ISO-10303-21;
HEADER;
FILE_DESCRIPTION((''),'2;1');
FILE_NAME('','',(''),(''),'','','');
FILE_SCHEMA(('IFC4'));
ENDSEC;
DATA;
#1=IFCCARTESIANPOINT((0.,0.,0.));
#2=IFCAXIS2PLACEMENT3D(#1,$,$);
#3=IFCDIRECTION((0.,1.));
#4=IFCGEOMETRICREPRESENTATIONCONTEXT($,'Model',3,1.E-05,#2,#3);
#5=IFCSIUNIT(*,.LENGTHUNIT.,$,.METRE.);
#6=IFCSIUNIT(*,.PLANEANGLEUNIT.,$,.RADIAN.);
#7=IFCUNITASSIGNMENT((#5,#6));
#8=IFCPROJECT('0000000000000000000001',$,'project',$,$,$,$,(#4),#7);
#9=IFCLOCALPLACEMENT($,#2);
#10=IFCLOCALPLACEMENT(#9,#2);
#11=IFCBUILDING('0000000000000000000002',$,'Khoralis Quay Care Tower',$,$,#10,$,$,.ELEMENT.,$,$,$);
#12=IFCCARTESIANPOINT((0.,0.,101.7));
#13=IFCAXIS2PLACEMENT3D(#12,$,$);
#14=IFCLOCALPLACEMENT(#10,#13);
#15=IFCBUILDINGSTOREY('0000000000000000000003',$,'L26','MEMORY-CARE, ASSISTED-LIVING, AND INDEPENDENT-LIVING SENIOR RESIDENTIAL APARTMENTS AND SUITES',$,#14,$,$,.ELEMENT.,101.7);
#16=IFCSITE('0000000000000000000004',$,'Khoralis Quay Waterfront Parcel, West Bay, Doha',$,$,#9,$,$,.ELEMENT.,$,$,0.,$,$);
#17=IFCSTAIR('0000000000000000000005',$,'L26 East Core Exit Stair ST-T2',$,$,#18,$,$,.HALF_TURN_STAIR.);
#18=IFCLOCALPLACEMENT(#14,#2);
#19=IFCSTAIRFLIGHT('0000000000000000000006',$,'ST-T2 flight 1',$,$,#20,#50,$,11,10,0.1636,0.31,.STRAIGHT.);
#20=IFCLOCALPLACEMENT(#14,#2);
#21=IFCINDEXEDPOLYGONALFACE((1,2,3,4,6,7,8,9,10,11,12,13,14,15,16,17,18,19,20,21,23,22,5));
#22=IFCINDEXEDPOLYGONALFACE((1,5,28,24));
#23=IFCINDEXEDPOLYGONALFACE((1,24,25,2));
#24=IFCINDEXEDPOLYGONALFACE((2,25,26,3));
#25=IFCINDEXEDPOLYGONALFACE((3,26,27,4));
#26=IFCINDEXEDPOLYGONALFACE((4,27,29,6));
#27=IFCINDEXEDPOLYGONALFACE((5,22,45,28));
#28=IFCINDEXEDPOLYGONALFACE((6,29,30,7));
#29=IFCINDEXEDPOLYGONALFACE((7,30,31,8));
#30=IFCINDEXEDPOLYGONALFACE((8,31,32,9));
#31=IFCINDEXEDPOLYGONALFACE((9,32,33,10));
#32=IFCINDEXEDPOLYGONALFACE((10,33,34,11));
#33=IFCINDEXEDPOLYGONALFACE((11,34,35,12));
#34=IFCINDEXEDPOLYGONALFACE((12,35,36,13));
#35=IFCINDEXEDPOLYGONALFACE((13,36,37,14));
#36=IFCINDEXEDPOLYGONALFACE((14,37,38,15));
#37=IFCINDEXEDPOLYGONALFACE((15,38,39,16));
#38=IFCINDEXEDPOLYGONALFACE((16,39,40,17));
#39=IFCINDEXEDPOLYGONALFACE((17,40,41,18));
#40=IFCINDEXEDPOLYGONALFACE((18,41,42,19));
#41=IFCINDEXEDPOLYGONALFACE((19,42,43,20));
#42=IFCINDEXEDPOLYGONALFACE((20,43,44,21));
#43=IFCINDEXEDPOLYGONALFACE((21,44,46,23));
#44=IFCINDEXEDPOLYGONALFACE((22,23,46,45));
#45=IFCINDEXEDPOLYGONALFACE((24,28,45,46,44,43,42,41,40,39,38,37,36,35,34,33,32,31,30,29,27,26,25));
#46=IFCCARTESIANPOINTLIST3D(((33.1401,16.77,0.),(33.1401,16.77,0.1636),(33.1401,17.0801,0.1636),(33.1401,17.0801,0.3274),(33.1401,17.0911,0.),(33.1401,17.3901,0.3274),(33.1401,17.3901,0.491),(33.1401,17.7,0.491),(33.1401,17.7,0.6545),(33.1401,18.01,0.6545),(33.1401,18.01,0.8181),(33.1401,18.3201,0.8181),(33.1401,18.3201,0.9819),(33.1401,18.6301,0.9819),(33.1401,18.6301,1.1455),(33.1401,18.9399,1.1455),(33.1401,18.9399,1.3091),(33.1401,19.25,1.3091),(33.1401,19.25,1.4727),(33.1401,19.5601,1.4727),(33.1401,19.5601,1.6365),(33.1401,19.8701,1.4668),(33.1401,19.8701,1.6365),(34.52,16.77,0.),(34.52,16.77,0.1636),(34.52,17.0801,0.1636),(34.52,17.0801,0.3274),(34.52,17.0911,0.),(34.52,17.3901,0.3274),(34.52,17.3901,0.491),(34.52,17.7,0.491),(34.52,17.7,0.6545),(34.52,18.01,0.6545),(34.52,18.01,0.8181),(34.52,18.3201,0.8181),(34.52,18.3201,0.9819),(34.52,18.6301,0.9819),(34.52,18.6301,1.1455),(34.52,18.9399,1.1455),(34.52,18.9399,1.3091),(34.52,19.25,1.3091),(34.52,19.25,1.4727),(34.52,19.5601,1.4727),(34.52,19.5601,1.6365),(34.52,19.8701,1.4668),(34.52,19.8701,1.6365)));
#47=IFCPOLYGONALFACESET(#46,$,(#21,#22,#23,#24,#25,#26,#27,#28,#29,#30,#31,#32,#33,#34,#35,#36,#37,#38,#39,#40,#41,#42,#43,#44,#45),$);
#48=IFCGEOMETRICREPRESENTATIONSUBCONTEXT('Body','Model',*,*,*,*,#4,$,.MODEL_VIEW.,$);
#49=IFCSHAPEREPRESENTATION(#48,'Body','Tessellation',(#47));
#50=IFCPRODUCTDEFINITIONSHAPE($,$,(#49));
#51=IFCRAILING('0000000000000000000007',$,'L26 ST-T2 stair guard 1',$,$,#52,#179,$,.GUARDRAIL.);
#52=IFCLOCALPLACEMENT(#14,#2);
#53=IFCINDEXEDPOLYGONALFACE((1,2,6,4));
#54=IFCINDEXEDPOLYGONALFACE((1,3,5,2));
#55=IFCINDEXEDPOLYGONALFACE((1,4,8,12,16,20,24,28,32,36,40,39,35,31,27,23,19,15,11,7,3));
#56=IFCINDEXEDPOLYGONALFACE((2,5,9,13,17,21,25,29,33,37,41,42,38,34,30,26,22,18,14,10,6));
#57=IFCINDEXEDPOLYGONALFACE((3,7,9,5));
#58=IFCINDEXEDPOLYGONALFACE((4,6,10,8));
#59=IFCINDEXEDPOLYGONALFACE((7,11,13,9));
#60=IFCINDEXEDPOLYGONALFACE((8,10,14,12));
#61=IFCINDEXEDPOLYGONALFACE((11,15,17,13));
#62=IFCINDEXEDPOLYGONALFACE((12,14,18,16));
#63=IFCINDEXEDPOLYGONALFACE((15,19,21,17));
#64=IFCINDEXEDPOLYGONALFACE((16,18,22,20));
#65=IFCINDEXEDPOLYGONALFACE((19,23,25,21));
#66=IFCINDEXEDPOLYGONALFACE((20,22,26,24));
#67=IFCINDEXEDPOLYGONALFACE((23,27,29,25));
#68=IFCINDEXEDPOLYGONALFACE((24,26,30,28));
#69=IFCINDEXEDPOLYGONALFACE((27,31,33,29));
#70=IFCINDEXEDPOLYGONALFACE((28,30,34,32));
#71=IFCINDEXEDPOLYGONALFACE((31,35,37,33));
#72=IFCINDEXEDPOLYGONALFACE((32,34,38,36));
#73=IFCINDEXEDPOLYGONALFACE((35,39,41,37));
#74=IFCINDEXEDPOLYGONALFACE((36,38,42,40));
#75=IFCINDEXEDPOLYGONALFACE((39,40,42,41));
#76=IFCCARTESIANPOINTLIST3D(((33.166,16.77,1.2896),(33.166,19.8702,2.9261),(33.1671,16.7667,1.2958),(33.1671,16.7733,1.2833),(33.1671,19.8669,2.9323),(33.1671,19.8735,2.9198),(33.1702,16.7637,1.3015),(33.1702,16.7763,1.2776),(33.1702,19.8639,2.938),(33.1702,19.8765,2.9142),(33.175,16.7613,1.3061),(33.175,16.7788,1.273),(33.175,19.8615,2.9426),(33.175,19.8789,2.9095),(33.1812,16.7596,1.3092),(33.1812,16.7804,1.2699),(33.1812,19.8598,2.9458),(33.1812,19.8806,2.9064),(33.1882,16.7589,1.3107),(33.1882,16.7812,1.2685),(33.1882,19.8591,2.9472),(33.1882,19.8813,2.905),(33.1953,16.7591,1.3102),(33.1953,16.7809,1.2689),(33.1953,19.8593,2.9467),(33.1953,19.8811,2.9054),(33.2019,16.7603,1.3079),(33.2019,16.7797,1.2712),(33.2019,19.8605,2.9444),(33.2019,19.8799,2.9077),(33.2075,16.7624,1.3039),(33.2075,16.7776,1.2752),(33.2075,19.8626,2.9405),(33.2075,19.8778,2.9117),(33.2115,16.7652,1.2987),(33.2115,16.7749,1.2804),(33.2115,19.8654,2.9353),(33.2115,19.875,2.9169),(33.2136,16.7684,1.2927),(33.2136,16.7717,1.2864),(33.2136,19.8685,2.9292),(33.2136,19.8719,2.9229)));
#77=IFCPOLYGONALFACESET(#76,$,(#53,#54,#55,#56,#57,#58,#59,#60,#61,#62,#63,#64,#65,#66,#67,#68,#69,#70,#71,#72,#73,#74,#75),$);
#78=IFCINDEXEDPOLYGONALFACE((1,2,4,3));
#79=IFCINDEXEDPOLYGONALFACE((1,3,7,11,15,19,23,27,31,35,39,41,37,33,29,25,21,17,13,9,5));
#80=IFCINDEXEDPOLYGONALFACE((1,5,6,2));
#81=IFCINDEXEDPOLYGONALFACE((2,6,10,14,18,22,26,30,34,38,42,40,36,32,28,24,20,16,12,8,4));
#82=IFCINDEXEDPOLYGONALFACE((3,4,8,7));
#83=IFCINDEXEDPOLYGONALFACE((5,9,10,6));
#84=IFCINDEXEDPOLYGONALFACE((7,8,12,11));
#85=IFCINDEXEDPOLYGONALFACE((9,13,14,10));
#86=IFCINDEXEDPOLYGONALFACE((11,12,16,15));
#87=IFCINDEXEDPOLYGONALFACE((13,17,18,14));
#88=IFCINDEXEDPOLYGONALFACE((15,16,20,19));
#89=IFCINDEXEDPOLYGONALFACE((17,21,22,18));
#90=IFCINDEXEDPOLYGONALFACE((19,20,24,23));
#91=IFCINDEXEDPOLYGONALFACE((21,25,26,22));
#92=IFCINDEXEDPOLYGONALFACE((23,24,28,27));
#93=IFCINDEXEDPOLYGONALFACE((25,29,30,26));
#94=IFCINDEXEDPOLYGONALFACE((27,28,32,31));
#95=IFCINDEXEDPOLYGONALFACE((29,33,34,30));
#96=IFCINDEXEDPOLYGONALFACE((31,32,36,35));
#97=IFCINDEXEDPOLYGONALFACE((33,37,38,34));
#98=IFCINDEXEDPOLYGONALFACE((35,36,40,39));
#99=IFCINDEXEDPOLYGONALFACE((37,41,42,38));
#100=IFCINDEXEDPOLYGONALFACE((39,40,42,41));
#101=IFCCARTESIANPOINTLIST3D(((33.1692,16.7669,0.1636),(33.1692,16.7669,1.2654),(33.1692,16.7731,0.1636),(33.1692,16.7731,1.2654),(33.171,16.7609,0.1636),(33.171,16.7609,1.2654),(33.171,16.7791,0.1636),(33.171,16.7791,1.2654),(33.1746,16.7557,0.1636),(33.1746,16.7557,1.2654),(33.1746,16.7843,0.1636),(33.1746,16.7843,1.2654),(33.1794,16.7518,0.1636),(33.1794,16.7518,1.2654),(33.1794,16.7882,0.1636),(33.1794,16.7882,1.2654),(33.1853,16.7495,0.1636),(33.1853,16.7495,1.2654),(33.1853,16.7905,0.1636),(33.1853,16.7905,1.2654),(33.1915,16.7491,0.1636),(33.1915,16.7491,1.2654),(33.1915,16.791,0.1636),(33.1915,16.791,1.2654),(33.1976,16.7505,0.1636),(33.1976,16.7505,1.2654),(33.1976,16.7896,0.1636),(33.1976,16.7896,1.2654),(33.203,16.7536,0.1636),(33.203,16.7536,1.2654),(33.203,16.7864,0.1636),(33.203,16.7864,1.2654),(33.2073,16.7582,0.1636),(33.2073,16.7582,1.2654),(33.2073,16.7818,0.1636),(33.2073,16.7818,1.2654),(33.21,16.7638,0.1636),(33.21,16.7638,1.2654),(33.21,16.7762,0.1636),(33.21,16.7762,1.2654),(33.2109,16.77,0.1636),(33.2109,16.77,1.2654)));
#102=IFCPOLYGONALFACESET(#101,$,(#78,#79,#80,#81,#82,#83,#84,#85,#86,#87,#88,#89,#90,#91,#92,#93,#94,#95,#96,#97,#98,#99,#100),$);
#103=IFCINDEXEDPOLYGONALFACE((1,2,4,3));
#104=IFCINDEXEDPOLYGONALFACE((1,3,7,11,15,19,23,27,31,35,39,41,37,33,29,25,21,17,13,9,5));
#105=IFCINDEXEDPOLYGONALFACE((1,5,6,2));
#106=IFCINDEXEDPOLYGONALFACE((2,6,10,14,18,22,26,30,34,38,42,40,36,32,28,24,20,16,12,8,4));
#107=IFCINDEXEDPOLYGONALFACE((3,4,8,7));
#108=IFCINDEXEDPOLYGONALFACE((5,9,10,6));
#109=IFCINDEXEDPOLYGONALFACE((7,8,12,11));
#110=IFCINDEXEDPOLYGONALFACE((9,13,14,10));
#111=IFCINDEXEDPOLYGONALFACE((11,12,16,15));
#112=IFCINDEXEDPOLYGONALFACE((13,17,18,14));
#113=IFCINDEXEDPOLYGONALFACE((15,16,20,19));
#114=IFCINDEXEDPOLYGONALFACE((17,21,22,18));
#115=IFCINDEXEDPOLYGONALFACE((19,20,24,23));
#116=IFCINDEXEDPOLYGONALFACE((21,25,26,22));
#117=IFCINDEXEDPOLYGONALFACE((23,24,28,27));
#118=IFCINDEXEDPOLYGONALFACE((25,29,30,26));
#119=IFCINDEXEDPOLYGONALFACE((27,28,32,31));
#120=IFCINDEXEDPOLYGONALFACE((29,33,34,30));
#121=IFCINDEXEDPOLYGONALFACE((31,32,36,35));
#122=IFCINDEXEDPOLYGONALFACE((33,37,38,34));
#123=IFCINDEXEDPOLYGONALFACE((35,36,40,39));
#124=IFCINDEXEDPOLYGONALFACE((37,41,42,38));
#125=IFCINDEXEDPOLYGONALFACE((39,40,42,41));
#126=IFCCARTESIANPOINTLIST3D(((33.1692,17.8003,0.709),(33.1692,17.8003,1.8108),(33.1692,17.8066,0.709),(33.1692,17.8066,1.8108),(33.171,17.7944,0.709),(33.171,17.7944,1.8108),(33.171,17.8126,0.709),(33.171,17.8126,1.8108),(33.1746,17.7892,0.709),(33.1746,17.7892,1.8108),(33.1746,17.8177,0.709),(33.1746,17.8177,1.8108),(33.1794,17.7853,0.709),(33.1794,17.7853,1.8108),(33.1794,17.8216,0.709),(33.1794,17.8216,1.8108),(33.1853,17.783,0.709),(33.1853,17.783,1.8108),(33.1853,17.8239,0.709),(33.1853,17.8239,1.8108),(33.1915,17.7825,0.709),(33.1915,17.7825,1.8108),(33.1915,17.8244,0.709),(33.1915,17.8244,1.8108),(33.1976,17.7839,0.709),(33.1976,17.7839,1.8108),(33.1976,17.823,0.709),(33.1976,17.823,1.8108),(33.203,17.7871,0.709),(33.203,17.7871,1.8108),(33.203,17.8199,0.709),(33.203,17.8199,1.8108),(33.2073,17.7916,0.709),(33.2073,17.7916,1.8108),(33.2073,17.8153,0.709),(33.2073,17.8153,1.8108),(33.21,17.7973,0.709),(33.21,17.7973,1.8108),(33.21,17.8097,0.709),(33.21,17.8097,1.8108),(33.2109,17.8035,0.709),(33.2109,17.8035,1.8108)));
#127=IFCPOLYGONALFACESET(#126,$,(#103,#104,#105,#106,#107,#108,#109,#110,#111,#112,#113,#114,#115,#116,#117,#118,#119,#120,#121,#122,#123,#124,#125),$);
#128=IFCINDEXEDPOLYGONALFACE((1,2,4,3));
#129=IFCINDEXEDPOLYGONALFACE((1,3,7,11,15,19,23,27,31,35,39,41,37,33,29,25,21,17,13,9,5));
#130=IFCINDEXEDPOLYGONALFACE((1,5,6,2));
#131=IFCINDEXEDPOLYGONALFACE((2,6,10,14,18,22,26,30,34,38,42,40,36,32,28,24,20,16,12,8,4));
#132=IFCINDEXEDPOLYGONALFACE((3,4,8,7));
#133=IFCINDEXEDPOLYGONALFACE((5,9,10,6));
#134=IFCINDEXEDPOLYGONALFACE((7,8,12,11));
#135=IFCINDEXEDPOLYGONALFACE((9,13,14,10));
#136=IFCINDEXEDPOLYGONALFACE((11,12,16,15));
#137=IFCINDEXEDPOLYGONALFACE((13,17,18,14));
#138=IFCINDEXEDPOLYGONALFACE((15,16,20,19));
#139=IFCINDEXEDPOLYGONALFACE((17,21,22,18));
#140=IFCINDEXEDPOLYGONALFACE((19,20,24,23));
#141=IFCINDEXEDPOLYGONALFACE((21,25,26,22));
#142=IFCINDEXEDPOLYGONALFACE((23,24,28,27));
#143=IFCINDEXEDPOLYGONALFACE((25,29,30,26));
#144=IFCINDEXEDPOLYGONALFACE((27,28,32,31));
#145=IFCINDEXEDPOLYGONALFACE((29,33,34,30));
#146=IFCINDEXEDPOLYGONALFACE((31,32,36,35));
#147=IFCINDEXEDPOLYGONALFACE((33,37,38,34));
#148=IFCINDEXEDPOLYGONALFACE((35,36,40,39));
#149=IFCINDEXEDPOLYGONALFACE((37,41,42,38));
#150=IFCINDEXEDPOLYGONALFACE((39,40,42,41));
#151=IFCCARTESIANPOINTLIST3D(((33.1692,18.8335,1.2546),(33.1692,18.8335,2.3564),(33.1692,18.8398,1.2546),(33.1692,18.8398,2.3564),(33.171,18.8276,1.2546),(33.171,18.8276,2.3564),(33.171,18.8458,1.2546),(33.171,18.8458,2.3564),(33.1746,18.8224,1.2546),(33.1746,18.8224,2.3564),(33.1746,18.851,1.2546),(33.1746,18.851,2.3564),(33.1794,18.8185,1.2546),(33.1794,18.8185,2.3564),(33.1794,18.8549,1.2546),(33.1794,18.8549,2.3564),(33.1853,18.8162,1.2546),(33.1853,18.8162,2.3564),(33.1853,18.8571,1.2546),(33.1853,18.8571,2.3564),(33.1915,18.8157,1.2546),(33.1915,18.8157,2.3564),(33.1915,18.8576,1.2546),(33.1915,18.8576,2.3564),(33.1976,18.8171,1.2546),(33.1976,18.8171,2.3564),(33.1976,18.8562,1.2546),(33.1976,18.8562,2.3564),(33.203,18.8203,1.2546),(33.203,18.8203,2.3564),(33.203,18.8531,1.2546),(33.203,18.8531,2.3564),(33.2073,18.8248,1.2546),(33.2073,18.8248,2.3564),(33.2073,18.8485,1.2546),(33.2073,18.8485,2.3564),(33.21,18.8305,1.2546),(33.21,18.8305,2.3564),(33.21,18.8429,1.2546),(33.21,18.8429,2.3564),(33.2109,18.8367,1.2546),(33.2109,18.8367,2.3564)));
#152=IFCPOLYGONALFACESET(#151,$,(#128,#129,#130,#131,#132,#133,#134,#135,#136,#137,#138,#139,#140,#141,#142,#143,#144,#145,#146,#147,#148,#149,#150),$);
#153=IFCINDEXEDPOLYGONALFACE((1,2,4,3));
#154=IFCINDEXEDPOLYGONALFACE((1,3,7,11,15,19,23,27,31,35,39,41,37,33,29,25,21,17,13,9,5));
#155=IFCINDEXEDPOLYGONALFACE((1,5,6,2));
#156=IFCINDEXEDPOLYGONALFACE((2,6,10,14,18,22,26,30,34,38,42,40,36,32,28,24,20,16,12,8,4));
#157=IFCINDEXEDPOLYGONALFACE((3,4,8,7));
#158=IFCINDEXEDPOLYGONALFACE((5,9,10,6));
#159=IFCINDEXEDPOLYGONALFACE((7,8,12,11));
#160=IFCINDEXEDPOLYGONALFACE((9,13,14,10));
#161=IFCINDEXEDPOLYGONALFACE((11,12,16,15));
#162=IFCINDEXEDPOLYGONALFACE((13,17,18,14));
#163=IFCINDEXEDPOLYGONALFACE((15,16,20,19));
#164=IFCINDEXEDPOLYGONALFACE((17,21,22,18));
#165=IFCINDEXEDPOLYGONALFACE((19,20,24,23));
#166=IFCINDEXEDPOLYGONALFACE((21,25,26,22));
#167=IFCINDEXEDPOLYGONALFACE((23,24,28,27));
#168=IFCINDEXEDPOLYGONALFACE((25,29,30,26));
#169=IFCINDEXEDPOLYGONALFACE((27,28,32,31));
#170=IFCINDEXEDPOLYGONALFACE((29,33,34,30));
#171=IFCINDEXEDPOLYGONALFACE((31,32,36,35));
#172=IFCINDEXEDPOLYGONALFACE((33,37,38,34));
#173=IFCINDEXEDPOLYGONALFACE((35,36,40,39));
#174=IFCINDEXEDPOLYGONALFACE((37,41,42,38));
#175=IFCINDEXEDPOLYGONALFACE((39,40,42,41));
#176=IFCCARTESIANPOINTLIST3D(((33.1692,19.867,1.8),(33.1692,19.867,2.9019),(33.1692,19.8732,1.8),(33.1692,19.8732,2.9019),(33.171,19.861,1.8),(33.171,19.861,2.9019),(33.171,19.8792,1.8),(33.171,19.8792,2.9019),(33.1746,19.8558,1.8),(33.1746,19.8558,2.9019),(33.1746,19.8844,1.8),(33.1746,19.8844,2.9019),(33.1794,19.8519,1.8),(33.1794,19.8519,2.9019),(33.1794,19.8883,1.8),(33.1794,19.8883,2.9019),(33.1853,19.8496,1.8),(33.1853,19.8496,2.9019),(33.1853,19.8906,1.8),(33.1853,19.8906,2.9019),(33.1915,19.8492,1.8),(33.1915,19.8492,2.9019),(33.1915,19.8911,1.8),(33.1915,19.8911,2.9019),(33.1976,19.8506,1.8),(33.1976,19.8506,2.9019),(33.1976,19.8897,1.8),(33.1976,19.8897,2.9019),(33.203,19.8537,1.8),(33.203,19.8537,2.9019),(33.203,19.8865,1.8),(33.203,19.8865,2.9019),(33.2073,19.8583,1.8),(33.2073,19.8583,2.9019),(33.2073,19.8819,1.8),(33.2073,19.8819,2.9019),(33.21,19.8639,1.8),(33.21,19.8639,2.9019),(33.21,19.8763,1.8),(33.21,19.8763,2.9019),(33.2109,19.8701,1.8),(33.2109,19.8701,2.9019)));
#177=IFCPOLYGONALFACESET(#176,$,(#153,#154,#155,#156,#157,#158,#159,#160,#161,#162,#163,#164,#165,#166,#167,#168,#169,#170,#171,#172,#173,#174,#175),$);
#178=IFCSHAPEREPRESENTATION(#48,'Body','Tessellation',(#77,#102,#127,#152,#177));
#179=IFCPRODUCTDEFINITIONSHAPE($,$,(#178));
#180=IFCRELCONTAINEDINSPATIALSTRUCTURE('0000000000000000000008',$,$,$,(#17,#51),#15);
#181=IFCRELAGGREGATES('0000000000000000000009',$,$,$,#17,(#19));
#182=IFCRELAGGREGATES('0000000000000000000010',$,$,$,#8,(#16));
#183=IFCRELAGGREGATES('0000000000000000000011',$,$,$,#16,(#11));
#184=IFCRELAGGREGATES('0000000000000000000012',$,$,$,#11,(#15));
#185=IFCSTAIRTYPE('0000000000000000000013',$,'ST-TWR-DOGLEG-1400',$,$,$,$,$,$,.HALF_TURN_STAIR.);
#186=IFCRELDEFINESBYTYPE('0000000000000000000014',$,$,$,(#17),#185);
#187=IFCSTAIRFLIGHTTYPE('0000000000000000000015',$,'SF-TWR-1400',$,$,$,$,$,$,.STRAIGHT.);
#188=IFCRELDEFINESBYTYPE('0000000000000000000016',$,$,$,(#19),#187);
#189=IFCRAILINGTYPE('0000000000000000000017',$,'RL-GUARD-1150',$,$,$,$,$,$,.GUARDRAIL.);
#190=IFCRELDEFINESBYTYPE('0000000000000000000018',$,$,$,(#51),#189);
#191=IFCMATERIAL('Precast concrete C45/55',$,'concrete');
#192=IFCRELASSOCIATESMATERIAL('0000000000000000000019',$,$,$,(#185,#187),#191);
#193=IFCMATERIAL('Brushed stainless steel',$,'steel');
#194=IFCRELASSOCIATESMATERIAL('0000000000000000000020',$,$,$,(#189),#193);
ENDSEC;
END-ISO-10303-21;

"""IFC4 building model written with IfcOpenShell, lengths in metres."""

from ifc_helpers import new_model, si_unit, direction, frame, origin, origin_2d, place, context, subcontext, project, spatial, polyline, circle, outline, extrude, source, transform, mapped, material, type_object, element, aggregate, save


model = new_model("IFC4")

# Units and contexts
model_context = context("Model", 3, precision=1e-05, world=origin(), true_north=direction((0.0, 1.0)))
body_context = subcontext(model_context, "Body", "Model", "MODEL_VIEW")
ifc_project = project(units=[si_unit("LENGTHUNIT", "METRE"), si_unit("PLANEANGLEUNIT", "RADIAN")], contexts=[model_context])

# Site, building, storey
site_placement = place(None, origin())
site = spatial("IfcSite", under=ifc_project, at=site_placement, Name="Khoralis Quay Waterfront Parcel, West Bay, Doha", CompositionType="ELEMENT", RefElevation=0.0)
building_placement = place(site_placement, origin())
building = spatial("IfcBuilding", under=site, at=building_placement, Name="Khoralis Quay Care Tower", CompositionType="ELEMENT")
storey_placement = place(building_placement, frame((0.0, 0.0, 101.7)))
storey = spatial("IfcBuildingStorey", under=building, at=storey_placement, Name="L26", Description="MEMORY-CARE, ASSISTED-LIVING, AND INDEPENDENT-LIVING SENIOR RESIDENTIAL APARTMENTS AND SUITES", CompositionType="ELEMENT", Elevation=101.7)

# Stair, stair flight
ifc_material_1 = material(Name="Precast concrete C45/55", Category="concrete")
stair_type = type_object("IfcStairType", Name="ST-TWR-DOGLEG-1400", PredefinedType="HALF_TURN_STAIR", material=ifc_material_1)
stair_placement = place(storey_placement, origin())
stair = element("IfcStair", 1, at=stair_placement, inside=storey, type_object=stair_type, Name="L26 East Core Exit Stair ST-T2", PredefinedType="HALF_TURN_STAIR")
stair_flight_type = type_object("IfcStairFlightType", Name="SF-TWR-1400", PredefinedType="STRAIGHT", material=ifc_material_1)
shared_shape_1 = source(origin(), body_context, "Body", "SweptSolid", [
    extrude(outline(polyline([(0.0, 0.0), (0.0, 0.1636), (0.3101, 0.1636), (0.3101, 0.3274), (0.6201, 0.3274), (0.6201, 0.491), (0.9299, 0.491), (0.9299, 0.6545), (1.24, 0.6545), (1.24, 0.8181), (1.55, 0.8181), (1.55, 0.9819), (1.8601, 0.9819), (1.8601, 1.1455), (2.1699, 1.1455), (2.1699, 1.3091), (2.48, 1.3091), (2.48, 1.4727), (2.79, 1.4727), (2.79, 1.6365), (3.1001, 1.6365), (3.1001, 1.8), (3.1001, 1.4668), (0.321, 0.0), (0.0, 0.0)])), frame((0.0, 0.6899, 0.0), z_axis=(0.0, -1.0, 0.0), x_axis=(1.0, 0.0, 0.0)), (0.0, 0.0, 1.0), 1.3799),
])
stair_flight_placement = place(storey_placement, frame((33.8301, 16.77, 0.0), z_axis=(0.0, 0.0, 1.0), x_axis=(0.0, 1.0, 0.0)))
stair_flight = element("IfcStairFlight", 2, at=stair_flight_placement, type_object=stair_flight_type, Name="ST-T2 flight 1", NumberOfRisers=11, NumberOfTreads=10, PredefinedType="STRAIGHT", RiserHeight=0.1636, TreadLength=0.31, context=body_context, shape_type="MappedRepresentation", body=[
    mapped(shared_shape_1, transform((0.0, 0.0, 0.0), scale=1.0)),
])
aggregate(stair, [stair_flight])

# Railing
ifc_material_2 = material(Name="Brushed stainless steel", Category="steel")
railing_type_1 = type_object("IfcRailingType", Name="RL-GUARD-1150", PredefinedType="GUARDRAIL", material=ifc_material_2)
railing_1_placement = place(storey_placement, frame((33.1899, 16.77, 0.1636)))
element("IfcRailing", 3, at=railing_1_placement, inside=storey, type_object=railing_type_1, Name="L26 ST-T2 stair guard 1", PredefinedType="GUARDRAIL", context=body_context, shape_type="SweptSolid", body=[
    extrude(circle(Radius=0.0239, at=origin_2d()), frame((0.0, 0.0, 1.126), z_axis=(0.0, 0.884348, 0.466828), x_axis=(-1.0, 0.0, 0.0)), (0.0, 0.0, 1.0), 3.5056),
    extrude(circle(Radius=0.021, at=origin_2d()), origin(), (0.0, 0.0, 1.0), 1.1018),
    extrude(circle(Radius=0.021, at=origin_2d()), frame((0.0, 1.0334, 0.5454)), (0.0, 0.0, 1.0), 1.1018),
    extrude(circle(Radius=0.021, at=origin_2d()), frame((0.0, 2.0667, 1.0911)), (0.0, 0.0, 1.0), 1.1018),
    extrude(circle(Radius=0.021, at=origin_2d()), frame((0.0, 3.1001, 1.6365)), (0.0, 0.0, 1.0), 1.1018),
])

save(model, "model.ifc")
